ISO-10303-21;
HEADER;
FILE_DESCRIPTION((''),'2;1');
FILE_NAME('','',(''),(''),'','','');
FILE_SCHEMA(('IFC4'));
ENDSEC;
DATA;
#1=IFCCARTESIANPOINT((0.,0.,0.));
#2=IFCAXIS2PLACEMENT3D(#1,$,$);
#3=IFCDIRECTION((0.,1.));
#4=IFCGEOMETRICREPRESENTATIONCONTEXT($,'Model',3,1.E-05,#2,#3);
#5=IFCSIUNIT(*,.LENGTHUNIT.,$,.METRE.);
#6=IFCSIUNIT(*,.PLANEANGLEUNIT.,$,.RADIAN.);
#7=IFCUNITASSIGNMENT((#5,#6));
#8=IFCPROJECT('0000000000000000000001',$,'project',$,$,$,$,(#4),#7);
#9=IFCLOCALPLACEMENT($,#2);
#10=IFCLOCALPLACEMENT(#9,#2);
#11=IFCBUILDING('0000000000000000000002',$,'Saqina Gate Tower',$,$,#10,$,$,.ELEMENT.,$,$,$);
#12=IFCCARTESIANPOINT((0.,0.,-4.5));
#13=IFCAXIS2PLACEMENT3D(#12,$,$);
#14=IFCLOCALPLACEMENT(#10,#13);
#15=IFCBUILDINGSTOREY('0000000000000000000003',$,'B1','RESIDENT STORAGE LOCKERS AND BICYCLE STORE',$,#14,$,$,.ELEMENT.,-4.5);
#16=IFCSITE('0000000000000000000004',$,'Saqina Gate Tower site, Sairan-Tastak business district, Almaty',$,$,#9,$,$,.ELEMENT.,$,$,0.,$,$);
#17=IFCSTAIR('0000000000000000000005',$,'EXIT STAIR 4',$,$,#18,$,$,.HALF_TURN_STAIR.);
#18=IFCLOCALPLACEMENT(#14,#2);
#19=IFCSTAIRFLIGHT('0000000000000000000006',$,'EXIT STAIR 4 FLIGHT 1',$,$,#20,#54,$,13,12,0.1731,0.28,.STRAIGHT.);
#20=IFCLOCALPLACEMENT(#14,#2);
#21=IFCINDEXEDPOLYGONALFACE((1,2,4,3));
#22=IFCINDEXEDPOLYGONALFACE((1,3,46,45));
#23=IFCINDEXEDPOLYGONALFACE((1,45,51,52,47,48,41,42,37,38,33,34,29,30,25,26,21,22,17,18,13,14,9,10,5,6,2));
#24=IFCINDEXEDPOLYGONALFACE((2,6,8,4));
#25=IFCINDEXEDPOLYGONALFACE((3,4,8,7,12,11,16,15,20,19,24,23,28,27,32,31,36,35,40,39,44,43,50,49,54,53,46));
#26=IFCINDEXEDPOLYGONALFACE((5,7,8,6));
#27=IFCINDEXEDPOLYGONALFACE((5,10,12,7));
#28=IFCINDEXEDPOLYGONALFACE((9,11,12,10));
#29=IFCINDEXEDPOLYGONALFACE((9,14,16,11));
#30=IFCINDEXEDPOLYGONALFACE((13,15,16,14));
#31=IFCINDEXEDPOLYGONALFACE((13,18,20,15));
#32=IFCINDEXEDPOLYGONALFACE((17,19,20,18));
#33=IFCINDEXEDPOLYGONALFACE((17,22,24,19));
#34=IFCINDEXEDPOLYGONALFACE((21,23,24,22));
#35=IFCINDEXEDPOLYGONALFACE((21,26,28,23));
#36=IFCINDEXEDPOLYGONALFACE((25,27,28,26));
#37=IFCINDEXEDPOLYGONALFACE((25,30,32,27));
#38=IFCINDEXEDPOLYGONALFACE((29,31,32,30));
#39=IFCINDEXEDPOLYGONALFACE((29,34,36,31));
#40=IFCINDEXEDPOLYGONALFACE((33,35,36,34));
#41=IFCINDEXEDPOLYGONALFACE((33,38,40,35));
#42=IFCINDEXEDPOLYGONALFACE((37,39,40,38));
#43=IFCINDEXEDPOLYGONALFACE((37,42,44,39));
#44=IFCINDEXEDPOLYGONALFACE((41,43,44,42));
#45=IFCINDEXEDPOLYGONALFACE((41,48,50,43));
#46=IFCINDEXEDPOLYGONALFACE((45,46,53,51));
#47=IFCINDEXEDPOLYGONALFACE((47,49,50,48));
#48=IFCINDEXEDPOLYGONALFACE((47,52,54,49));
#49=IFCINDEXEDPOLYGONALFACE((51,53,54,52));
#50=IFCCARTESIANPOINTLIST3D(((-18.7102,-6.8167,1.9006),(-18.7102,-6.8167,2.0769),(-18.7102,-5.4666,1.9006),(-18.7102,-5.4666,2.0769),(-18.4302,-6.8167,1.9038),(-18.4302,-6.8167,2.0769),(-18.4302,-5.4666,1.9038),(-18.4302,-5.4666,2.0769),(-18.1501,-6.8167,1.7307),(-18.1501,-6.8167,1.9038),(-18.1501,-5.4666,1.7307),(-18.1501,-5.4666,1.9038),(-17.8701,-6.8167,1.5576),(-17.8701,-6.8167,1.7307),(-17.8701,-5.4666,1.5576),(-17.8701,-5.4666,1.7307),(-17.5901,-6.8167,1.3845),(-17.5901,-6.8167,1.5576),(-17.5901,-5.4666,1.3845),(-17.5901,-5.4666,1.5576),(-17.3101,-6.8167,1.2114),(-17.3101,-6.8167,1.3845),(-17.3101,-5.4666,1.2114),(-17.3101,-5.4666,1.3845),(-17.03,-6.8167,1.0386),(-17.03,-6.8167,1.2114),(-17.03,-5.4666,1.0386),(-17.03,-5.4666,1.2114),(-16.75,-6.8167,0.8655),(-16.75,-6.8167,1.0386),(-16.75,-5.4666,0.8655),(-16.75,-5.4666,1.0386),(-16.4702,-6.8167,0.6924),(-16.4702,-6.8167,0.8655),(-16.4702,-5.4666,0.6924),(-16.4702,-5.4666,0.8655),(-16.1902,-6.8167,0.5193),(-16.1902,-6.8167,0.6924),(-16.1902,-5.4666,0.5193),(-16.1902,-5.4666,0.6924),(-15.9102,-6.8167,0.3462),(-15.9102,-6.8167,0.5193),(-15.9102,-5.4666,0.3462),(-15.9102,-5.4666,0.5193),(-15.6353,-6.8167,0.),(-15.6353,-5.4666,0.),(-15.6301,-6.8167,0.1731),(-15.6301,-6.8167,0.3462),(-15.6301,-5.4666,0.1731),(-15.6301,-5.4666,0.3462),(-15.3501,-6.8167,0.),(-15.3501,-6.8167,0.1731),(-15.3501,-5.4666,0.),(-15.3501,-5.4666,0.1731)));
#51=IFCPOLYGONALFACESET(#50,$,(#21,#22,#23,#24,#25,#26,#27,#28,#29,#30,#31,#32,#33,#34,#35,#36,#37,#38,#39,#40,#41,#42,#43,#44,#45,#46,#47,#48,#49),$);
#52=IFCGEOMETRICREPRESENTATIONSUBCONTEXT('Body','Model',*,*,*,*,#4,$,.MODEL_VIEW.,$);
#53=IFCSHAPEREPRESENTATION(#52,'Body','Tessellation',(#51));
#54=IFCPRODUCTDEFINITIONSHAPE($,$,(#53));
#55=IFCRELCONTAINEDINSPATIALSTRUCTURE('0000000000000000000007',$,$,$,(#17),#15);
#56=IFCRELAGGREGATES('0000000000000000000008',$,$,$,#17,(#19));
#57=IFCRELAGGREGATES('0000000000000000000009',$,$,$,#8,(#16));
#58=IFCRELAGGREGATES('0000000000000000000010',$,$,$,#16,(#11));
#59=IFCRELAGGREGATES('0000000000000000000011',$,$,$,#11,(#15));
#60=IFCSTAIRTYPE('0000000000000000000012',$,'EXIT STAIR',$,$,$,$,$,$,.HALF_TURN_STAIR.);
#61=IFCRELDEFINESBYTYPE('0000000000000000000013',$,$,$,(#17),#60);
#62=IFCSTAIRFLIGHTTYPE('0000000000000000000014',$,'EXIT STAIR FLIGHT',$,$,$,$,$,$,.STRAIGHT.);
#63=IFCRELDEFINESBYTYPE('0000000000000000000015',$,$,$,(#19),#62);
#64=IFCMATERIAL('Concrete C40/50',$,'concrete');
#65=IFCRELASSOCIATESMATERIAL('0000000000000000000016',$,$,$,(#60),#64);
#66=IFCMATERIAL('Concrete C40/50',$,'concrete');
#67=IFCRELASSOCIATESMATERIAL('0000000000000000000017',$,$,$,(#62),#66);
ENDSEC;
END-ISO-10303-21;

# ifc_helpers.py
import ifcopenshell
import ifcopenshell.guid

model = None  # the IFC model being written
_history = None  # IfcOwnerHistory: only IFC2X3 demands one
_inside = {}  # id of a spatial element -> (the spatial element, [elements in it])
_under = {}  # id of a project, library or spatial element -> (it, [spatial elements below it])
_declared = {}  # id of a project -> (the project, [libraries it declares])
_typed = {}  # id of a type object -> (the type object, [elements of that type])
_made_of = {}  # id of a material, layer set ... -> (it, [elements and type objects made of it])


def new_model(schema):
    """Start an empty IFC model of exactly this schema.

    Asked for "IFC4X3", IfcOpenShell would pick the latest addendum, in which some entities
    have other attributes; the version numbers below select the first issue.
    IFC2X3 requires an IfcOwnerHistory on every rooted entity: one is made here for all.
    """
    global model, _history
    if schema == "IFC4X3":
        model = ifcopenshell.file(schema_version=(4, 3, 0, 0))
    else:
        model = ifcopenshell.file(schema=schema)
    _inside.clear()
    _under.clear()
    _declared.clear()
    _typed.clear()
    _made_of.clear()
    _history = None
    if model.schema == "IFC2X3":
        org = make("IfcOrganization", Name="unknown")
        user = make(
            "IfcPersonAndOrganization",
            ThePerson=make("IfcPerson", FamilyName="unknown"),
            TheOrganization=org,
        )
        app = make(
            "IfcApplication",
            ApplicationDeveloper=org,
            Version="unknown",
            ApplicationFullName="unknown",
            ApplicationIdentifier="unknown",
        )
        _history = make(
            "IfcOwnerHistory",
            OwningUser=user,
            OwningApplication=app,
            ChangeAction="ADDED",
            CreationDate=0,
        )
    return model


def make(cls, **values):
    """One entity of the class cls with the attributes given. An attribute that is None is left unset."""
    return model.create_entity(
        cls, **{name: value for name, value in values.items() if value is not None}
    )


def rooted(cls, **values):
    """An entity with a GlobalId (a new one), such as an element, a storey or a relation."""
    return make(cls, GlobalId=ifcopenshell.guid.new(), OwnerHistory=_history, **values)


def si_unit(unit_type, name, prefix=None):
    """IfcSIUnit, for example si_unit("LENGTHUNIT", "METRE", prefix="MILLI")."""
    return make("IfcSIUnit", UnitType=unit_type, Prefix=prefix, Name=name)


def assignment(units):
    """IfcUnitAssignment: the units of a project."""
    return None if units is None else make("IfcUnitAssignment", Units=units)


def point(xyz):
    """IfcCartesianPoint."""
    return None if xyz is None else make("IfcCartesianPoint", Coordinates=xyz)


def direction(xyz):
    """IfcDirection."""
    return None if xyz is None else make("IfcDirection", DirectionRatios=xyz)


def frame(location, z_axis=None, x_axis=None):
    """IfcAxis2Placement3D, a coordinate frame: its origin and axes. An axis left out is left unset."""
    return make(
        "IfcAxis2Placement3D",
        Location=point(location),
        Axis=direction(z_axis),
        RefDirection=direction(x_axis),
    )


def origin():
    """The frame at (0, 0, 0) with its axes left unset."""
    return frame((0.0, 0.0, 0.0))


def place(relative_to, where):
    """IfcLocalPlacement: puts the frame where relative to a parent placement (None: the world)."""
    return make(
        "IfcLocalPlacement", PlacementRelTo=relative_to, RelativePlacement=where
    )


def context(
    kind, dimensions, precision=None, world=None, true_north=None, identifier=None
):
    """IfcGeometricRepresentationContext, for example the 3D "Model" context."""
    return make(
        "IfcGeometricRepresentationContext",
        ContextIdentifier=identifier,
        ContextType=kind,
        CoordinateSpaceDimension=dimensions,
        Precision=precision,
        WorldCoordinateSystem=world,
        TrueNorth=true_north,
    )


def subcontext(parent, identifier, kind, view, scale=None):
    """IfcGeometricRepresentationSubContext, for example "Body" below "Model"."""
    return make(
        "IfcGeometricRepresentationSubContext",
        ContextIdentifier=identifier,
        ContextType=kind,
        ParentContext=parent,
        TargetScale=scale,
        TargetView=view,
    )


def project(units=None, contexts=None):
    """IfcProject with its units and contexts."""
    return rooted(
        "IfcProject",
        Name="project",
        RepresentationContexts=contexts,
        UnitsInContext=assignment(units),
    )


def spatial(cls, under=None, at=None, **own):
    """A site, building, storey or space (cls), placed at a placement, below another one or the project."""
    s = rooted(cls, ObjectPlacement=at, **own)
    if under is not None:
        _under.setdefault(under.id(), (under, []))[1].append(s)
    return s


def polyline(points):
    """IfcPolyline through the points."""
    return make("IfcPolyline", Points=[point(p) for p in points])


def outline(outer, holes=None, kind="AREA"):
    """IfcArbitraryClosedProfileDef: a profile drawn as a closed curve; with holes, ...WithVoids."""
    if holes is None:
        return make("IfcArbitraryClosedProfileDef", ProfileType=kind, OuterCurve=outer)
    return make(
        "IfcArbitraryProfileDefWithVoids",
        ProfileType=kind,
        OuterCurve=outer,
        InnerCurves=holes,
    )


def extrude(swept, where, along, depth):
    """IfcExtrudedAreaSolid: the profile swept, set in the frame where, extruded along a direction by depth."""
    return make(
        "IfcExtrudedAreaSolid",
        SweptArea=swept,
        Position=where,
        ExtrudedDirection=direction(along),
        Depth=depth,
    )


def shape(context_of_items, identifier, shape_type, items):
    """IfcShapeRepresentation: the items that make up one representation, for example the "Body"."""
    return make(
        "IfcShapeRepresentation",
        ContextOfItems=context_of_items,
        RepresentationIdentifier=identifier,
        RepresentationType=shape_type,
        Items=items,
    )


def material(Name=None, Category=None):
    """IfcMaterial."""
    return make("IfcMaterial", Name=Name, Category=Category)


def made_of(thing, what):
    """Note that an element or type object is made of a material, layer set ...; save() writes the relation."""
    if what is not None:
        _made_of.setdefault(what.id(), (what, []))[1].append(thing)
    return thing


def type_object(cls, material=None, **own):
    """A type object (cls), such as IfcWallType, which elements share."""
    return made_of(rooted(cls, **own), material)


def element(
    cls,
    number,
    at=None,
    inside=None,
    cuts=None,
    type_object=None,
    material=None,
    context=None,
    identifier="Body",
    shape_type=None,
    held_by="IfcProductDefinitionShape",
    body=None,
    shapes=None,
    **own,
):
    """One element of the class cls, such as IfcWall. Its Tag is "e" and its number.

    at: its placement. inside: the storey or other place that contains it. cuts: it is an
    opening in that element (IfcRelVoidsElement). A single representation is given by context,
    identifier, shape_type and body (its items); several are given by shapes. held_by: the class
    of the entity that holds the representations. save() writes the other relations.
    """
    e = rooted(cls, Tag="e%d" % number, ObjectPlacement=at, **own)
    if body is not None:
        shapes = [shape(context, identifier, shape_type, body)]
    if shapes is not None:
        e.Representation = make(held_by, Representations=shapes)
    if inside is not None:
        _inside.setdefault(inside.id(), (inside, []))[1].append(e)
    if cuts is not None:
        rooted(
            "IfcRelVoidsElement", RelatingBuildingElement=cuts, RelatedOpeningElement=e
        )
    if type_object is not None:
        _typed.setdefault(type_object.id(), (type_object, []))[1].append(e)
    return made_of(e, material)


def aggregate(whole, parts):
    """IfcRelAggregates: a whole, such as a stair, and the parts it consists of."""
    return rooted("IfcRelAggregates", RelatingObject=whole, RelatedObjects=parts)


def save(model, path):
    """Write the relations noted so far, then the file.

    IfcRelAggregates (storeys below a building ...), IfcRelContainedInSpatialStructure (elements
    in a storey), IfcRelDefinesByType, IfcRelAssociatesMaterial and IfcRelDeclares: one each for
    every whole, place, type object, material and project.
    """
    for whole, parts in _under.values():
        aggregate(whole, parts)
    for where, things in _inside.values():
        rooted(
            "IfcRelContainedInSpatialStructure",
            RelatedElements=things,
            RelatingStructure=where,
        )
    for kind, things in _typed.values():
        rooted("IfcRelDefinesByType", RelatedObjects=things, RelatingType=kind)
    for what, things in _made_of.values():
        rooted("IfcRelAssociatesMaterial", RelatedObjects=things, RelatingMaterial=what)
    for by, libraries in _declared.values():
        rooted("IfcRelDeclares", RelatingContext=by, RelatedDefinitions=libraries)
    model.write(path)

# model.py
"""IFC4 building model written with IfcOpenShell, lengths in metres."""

from ifc_helpers import new_model, si_unit, direction, frame, origin, place, context, subcontext, project, spatial, polyline, outline, extrude, material, type_object, element, aggregate, save


model = new_model("IFC4")

# Units and contexts
model_context = context("Model", 3, precision=1e-05, world=origin(), true_north=direction((0.0, 1.0)))
body_context = subcontext(model_context, "Body", "Model", "MODEL_VIEW")
ifc_project = project(units=[si_unit("LENGTHUNIT", "METRE"), si_unit("PLANEANGLEUNIT", "RADIAN")], contexts=[model_context])

# Site, building, storey
site_placement = place(None, origin())
site = spatial("IfcSite", under=ifc_project, at=site_placement, Name="Saqina Gate Tower site, Sairan-Tastak business district, Almaty", CompositionType="ELEMENT", RefElevation=0.0)
building_placement = place(site_placement, origin())
building = spatial("IfcBuilding", under=site, at=building_placement, Name="Saqina Gate Tower", CompositionType="ELEMENT")
storey_placement = place(building_placement, frame((0.0, 0.0, -4.5)))
storey = spatial("IfcBuildingStorey", under=building, at=storey_placement, Name="B1", Description="RESIDENT STORAGE LOCKERS AND BICYCLE STORE", CompositionType="ELEMENT", Elevation=-4.5)

# Stair, stair flight
ifc_material_1 = material(Name="Concrete C40/50", Category="concrete")
stair_type = type_object("IfcStairType", Name="EXIT STAIR", PredefinedType="HALF_TURN_STAIR", material=ifc_material_1)
stair_placement = place(storey_placement, origin())
stair = element("IfcStair", 1, at=stair_placement, inside=storey, type_object=stair_type, Name="EXIT STAIR 4", PredefinedType="HALF_TURN_STAIR")
ifc_material_2 = material(Name="Concrete C40/50", Category="concrete")
stair_flight_type = type_object("IfcStairFlightType", Name="EXIT STAIR FLIGHT", PredefinedType="STRAIGHT", material=ifc_material_2)
stair_flight_placement = place(storey_placement, frame((-15.3501, -6.1416, 0.0), z_axis=(0.0, 0.0, 1.0), x_axis=(-1.0, 0.0, 0.0)))
stair_flight = element("IfcStairFlight", 2, at=stair_flight_placement, type_object=stair_flight_type, Name="EXIT STAIR 4 FLIGHT 1", NumberOfRisers=13, NumberOfTreads=12, PredefinedType="STRAIGHT", RiserHeight=0.1731, TreadLength=0.28, context=body_context, shape_type="SweptSolid", body=[
    extrude(outline(polyline([(0.0, 0.0), (0.0, 0.1731), (0.28, 0.1731), (0.28, 0.3462), (0.5601, 0.3462), (0.5601, 0.5193), (0.8401, 0.5193), (0.8401, 0.6924), (1.1201, 0.6924), (1.1201, 0.8655), (1.3999, 0.8655), (1.3999, 1.0386), (1.6799, 1.0386), (1.6799, 1.2114), (1.96, 1.2114), (1.96, 1.3845), (2.24, 1.3845), (2.24, 1.5576), (2.52, 1.5576), (2.52, 1.7307), (2.8, 1.7307), (2.8, 1.9038), (3.0801, 1.9038), (3.0801, 2.0769), (3.3601, 2.0769), (3.3601, 2.25), (3.3601, 1.9006), (0.2852, 0.0), (0.0, 0.0)])), frame((0.0, 0.675, 0.0), z_axis=(0.0, -1.0, 0.0), x_axis=(1.0, 0.0, 0.0)), (0.0, 0.0, 1.0), 1.3501),
])
aggregate(stair, [stair_flight])

save(model, "model.ifc")
